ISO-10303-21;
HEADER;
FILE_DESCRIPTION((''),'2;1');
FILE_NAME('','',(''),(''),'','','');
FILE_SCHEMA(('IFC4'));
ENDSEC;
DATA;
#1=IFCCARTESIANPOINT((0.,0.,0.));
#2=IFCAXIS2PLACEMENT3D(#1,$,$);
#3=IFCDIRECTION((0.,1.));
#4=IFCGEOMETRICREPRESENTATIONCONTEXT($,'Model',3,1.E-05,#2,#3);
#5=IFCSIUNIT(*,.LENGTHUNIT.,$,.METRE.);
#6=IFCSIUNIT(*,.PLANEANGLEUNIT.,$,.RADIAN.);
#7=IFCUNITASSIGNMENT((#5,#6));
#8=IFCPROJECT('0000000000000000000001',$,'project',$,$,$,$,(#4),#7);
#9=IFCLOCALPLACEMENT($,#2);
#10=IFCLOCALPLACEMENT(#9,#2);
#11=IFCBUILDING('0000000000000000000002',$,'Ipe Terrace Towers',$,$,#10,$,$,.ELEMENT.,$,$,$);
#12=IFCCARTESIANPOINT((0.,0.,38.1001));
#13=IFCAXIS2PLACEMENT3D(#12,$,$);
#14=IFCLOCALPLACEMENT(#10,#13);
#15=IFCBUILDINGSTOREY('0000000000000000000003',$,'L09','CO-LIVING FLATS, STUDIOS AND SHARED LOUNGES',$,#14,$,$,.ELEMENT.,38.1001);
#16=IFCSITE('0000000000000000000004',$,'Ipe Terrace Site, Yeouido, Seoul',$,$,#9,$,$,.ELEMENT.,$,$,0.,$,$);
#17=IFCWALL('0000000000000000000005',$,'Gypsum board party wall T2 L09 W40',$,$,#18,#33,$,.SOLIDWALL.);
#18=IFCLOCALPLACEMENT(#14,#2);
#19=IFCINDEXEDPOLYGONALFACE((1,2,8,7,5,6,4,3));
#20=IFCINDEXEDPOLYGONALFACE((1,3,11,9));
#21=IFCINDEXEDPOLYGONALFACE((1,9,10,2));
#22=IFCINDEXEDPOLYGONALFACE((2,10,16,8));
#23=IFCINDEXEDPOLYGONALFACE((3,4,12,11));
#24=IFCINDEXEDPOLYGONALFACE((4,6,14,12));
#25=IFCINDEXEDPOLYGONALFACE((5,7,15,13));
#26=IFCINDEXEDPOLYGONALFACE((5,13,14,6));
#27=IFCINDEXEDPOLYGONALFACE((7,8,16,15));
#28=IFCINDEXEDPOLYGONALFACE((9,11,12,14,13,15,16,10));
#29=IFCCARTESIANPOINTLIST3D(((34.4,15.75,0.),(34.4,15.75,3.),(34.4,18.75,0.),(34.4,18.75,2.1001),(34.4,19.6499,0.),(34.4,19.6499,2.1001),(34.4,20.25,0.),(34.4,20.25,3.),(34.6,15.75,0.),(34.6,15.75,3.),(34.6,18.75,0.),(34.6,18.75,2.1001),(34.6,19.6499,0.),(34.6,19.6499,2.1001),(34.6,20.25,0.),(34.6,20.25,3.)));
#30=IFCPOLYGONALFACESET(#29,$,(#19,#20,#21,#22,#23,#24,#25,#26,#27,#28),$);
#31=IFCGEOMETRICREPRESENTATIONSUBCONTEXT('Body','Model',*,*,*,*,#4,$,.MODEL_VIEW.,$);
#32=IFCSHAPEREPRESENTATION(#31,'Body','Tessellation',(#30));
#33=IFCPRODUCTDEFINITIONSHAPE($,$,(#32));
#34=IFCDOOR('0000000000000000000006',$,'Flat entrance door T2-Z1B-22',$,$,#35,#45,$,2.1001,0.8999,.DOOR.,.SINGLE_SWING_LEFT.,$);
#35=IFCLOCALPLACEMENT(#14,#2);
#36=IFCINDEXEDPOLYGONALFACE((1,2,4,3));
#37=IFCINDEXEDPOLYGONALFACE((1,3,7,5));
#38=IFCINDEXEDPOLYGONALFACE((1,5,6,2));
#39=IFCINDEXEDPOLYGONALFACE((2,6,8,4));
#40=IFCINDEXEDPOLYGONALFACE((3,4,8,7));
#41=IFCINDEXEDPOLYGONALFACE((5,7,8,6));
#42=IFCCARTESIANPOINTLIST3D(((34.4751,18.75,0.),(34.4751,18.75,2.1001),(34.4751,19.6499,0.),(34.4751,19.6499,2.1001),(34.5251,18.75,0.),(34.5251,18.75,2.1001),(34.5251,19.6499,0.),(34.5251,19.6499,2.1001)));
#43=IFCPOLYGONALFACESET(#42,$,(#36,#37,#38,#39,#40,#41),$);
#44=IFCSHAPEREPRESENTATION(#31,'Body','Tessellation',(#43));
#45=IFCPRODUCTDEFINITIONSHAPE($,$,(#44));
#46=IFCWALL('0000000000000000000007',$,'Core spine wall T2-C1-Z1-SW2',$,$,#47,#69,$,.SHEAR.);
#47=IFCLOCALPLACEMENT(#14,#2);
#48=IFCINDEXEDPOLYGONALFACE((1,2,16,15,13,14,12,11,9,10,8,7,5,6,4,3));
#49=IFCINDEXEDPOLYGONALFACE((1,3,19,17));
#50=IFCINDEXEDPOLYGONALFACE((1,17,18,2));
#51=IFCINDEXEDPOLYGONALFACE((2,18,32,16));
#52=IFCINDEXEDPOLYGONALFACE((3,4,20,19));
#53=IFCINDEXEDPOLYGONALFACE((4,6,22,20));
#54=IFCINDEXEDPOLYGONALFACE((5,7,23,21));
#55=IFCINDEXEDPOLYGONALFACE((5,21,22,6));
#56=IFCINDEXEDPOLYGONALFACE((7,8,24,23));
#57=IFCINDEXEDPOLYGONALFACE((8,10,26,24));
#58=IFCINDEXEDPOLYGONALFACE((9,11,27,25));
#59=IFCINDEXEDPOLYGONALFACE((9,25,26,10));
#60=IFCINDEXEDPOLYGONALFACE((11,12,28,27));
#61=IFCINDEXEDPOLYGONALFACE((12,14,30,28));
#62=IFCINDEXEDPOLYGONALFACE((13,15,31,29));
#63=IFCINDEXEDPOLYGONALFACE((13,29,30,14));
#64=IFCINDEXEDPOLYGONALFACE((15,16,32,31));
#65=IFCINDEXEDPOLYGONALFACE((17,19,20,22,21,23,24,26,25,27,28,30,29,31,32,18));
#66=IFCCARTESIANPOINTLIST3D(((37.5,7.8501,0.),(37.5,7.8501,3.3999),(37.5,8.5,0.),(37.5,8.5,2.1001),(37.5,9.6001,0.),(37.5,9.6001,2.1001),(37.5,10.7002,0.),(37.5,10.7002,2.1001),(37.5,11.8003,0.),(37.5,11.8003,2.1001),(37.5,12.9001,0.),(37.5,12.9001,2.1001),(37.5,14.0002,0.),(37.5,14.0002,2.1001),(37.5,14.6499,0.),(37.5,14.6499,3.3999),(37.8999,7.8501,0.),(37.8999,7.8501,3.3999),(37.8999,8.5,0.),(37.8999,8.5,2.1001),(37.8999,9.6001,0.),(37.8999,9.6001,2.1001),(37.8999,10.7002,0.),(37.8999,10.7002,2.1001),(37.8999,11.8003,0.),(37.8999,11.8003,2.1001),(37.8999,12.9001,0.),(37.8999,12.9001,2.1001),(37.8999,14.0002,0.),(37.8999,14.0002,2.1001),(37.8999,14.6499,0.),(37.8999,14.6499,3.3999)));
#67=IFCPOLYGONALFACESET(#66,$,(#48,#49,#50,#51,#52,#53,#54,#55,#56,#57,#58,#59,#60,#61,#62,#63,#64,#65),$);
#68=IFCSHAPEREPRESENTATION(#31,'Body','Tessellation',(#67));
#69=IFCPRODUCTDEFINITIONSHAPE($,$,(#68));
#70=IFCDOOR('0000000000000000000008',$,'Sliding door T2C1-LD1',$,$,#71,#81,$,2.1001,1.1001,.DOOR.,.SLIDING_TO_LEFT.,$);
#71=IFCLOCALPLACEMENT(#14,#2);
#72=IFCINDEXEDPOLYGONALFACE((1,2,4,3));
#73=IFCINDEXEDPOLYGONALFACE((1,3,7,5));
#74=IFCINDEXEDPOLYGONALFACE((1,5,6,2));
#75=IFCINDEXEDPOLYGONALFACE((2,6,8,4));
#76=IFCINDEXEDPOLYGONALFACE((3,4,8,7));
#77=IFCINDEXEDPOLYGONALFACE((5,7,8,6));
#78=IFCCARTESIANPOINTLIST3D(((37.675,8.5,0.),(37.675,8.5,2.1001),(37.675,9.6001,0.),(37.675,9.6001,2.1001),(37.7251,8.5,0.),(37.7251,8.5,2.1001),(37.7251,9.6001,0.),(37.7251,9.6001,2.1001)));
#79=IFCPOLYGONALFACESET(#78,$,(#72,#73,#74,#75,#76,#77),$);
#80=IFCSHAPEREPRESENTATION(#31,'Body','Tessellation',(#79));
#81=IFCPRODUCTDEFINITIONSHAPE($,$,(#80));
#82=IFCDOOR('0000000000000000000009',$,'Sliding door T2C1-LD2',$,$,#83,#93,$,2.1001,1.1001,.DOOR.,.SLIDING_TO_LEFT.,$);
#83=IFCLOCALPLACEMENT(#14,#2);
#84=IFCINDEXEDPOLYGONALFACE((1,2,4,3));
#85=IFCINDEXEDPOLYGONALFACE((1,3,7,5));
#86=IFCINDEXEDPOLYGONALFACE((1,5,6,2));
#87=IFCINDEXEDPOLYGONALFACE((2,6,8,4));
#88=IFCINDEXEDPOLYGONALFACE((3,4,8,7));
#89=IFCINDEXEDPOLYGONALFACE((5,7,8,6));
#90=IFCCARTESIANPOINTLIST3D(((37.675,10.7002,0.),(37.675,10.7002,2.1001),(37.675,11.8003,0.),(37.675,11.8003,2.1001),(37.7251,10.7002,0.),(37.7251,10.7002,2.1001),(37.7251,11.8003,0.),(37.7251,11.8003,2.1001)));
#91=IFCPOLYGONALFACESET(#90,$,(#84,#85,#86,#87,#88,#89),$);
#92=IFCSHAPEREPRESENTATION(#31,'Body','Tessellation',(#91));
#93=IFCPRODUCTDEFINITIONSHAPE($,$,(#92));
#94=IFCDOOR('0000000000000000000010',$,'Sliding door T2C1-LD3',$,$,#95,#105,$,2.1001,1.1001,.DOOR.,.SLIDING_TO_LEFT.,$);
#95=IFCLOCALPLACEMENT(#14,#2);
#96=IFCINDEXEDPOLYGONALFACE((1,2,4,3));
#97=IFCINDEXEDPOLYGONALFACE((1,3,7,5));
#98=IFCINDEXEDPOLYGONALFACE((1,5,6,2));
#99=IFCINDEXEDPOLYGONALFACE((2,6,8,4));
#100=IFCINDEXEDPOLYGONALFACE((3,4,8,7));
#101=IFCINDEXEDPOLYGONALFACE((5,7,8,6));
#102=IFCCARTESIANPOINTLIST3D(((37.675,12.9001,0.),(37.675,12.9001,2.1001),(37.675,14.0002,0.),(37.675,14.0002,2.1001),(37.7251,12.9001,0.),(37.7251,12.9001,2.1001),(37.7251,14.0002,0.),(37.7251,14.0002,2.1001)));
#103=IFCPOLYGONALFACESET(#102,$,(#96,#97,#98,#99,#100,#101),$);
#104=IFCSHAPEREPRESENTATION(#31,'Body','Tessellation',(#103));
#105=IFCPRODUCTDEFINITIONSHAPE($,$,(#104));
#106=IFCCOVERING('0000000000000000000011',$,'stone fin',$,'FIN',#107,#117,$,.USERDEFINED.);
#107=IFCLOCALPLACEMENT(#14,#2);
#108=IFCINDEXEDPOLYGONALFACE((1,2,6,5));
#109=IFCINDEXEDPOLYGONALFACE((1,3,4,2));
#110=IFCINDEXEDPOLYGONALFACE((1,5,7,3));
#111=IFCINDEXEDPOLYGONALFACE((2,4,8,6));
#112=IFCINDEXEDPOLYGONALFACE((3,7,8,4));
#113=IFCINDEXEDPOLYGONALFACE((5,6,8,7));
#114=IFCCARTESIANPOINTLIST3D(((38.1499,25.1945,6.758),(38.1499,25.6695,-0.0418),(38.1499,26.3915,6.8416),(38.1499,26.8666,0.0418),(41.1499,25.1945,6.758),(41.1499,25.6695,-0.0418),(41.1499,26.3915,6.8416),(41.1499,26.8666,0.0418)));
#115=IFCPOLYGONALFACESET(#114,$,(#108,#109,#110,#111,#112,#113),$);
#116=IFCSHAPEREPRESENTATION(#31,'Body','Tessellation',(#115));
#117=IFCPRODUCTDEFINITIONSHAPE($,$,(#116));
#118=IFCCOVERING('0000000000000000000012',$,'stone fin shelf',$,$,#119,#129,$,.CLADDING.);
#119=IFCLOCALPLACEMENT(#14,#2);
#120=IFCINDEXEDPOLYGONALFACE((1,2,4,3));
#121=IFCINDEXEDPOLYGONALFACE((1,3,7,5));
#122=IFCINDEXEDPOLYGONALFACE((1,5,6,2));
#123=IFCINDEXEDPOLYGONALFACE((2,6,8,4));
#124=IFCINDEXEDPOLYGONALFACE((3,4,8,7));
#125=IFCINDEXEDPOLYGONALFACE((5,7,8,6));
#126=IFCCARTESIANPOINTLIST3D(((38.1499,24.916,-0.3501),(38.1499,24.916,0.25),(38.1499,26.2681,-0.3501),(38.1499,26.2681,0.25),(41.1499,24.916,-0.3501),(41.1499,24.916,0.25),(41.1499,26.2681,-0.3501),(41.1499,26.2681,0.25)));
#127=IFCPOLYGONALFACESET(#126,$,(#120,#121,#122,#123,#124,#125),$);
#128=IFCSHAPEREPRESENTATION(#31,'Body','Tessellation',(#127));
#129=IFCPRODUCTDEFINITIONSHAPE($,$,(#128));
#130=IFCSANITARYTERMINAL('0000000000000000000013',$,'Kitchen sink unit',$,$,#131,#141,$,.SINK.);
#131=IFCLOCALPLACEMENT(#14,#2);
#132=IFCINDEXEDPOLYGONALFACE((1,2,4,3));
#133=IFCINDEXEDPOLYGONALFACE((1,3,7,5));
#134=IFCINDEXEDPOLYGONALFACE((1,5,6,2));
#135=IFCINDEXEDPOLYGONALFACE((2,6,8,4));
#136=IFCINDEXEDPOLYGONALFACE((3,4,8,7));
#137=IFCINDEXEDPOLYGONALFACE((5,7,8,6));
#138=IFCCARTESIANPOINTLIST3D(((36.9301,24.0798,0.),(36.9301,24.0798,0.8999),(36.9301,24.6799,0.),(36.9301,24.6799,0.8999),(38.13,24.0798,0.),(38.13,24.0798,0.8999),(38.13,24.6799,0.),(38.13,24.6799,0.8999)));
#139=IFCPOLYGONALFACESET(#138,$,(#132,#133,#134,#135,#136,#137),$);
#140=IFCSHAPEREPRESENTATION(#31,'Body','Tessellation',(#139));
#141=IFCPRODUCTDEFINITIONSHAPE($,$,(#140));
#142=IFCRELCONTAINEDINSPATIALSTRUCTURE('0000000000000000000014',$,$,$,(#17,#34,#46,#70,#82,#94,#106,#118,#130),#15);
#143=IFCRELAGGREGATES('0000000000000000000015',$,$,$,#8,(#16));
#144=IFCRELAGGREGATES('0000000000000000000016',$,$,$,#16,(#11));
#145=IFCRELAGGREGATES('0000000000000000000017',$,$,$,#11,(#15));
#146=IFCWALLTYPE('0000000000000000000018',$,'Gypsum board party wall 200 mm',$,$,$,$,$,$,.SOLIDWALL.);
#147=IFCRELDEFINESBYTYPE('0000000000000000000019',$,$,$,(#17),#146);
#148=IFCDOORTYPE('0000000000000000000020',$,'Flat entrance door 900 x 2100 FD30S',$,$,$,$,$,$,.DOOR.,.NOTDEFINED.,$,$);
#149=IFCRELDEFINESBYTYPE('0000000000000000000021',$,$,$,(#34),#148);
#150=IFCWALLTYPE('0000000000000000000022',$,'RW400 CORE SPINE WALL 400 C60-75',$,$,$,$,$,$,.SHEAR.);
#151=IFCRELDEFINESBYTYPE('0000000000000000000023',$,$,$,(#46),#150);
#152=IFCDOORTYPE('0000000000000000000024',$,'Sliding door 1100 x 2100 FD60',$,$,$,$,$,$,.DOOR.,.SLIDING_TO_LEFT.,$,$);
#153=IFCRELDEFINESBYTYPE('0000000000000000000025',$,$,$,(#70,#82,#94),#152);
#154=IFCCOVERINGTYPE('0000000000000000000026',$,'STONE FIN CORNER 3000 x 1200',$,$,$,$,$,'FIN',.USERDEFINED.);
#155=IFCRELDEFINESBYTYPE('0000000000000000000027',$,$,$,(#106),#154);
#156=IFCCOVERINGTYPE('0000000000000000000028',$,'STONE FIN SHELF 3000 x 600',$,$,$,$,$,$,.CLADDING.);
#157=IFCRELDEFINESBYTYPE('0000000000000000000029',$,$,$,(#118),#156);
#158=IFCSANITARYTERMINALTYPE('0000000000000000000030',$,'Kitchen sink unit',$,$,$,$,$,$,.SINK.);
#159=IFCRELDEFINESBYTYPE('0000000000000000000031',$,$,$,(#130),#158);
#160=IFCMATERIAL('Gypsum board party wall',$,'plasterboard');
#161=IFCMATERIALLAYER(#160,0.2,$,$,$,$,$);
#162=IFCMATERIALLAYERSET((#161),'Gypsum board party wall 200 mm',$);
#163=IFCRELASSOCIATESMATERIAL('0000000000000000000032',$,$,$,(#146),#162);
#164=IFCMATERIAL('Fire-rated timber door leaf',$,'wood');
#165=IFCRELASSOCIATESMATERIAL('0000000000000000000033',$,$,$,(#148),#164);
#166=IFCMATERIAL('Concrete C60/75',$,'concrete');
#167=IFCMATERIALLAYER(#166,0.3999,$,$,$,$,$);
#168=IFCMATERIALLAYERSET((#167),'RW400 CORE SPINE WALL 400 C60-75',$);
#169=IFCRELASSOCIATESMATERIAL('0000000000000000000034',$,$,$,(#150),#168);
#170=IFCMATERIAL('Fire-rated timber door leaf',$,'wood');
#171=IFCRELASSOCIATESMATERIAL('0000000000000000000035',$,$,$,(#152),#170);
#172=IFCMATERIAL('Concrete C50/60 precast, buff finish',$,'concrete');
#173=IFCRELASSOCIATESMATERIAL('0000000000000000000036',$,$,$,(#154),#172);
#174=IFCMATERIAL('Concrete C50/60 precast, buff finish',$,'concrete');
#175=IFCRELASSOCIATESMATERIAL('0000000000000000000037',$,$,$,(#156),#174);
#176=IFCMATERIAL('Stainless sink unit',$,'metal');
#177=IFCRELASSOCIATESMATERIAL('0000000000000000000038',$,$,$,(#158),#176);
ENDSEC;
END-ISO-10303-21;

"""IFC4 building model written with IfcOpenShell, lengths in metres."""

from ifc_helpers import new_model, si_unit, direction, frame, frame_2d, origin, origin_2d, place, context, subcontext, project, spatial, rectangle, extrude, material, layer, layer_set, material_profile, profile_set, type_object, element, fill, save


model = new_model("IFC4")

# Units and contexts
model_context = context("Model", 3, precision=1e-05, world=origin(), true_north=direction((0.0, 1.0)))
body_context = subcontext(model_context, "Body", "Model", "MODEL_VIEW")
ifc_project = project(units=[si_unit("LENGTHUNIT", "METRE"), si_unit("PLANEANGLEUNIT", "RADIAN")], contexts=[model_context])

# Site, building, storey
site_placement = place(None, origin())
site = spatial("IfcSite", under=ifc_project, at=site_placement, Name="Ipe Terrace Site, Yeouido, Seoul", CompositionType="ELEMENT", RefElevation=0.0)
building_placement = place(site_placement, origin())
building = spatial("IfcBuilding", under=site, at=building_placement, Name="Ipe Terrace Towers", CompositionType="ELEMENT")
storey_placement = place(building_placement, frame((0.0, 0.0, 38.1001)))
storey = spatial("IfcBuildingStorey", under=building, at=storey_placement, Name="L09", Description="CO-LIVING FLATS, STUDIOS AND SHARED LOUNGES", CompositionType="ELEMENT", Elevation=38.1001)

# Shared definitions
ifc_material_1 = material(Name="Gypsum board party wall", Category="plasterboard")
ifc_layer_1 = layer(ifc_material_1, 0.2)
ifc_layer_set_1 = layer_set([ifc_layer_1], Name="Gypsum board party wall 200 mm")
wall_type_1 = type_object("IfcWallType", Name="Gypsum board party wall 200 mm", PredefinedType="SOLIDWALL", material=ifc_layer_set_1)

# Wall, opening, door
wall_1_placement = place(storey_placement, frame((34.5, 15.75, 0.0), z_axis=(0.0, 0.0, 1.0), x_axis=(0.0, 1.0, 0.0)))
wall_1 = element("IfcWall", 1, at=wall_1_placement, inside=storey, type_object=wall_type_1, Name="Gypsum board party wall T2 L09 W40", PredefinedType="SOLIDWALL", context=body_context, shape_type="SweptSolid", body=[
    extrude(rectangle(XDim=4.5, YDim=0.2, at=frame_2d((2.25, 0.0))), origin(), (0.0, 0.0, 1.0), 3.0),
])
opening_1_placement = place(wall_1_placement, frame((3.0, 0.0, 0.0)))
opening_1 = element("IfcOpeningElement", 2, at=opening_1_placement, cuts=wall_1, PredefinedType="OPENING", context=body_context, shape_type="SweptSolid", body=[
    extrude(rectangle(XDim=0.8999, YDim=2.1001, at=frame_2d((0.45, 1.05))), frame((0.0, 0.1099, 0.0), z_axis=(0.0, -1.0, 0.0), x_axis=(1.0, 0.0, 0.0)), (0.0, 0.0, 1.0), 0.22),
])
ifc_material_2 = material(Name="Fire-rated timber door leaf", Category="wood")
door_type_1 = type_object("IfcDoorType", Name="Flat entrance door 900 x 2100 FD30S", OperationType="NOTDEFINED", PredefinedType="DOOR", material=ifc_material_2)
door_1_placement = place(opening_1_placement, origin())
door_1 = element("IfcDoor", 3, at=door_1_placement, inside=storey, type_object=door_type_1, Name="Flat entrance door T2-Z1B-22", OperationType="SINGLE_SWING_LEFT", OverallHeight=2.1001, OverallWidth=0.8999, PredefinedType="DOOR", context=body_context, shape_type="SweptSolid", body=[
    extrude(rectangle(XDim=0.8999, YDim=2.1001, at=frame_2d((0.45, 1.05))), frame((0.0, 0.0249, 0.0), z_axis=(0.0, -1.0, 0.0), x_axis=(1.0, 0.0, 0.0)), (0.0, 0.0, 1.0), 0.05),
])
fill(opening_1, door_1)

# Wall, openings, doors
ifc_material_3 = material(Name="Concrete C60/75", Category="concrete")
ifc_layer_2 = layer(ifc_material_3, 0.3999)
ifc_layer_set_2 = layer_set([ifc_layer_2], Name="RW400 CORE SPINE WALL 400 C60-75")
wall_type_2 = type_object("IfcWallType", Name="RW400 CORE SPINE WALL 400 C60-75", PredefinedType="SHEAR", material=ifc_layer_set_2)
wall_2_placement = place(storey_placement, frame((37.7, 7.8501, 0.0), z_axis=(0.0, 0.0, 1.0), x_axis=(0.0, 1.0, 0.0)))
wall_2 = element("IfcWall", 4, at=wall_2_placement, inside=storey, type_object=wall_type_2, Name="Core spine wall T2-C1-Z1-SW2", PredefinedType="SHEAR", context=body_context, shape_type="SweptSolid", body=[
    extrude(rectangle(XDim=6.7998, YDim=0.3999, at=frame_2d((3.3999, 0.0))), origin(), (0.0, 0.0, 1.0), 3.3999),
])
opening_2_placement = place(wall_2_placement, frame((0.6499, 0.0, 0.0)))
opening_2 = element("IfcOpeningElement", 5, at=opening_2_placement, cuts=wall_2, PredefinedType="OPENING", context=body_context, shape_type="SweptSolid", body=[
    extrude(rectangle(XDim=1.1001, YDim=2.1001, at=frame_2d((0.55, 1.05))), frame((0.0, 0.21, 0.0), z_axis=(0.0, -1.0, 0.0), x_axis=(1.0, 0.0, 0.0)), (0.0, 0.0, 1.0), 0.4199),
])
opening_3_placement = place(wall_2_placement, frame((2.8501, 0.0, 0.0)))
opening_3 = element("IfcOpeningElement", 6, at=opening_3_placement, cuts=wall_2, PredefinedType="OPENING", context=body_context, shape_type="SweptSolid", body=[
    extrude(rectangle(XDim=1.1001, YDim=2.1001, at=frame_2d((0.55, 1.05))), frame((0.0, 0.21, 0.0), z_axis=(0.0, -1.0, 0.0), x_axis=(1.0, 0.0, 0.0)), (0.0, 0.0, 1.0), 0.4199),
])
opening_4_placement = place(wall_2_placement, frame((5.05, 0.0, 0.0)))
opening_4 = element("IfcOpeningElement", 7, at=opening_4_placement, cuts=wall_2, PredefinedType="OPENING", context=body_context, shape_type="SweptSolid", body=[
    extrude(rectangle(XDim=1.1001, YDim=2.1001, at=frame_2d((0.55, 1.05))), frame((0.0, 0.21, 0.0), z_axis=(0.0, -1.0, 0.0), x_axis=(1.0, 0.0, 0.0)), (0.0, 0.0, 1.0), 0.4199),
])
ifc_material_4 = material(Name="Fire-rated timber door leaf", Category="wood")
door_type_2 = type_object("IfcDoorType", Name="Sliding door 1100 x 2100 FD60", OperationType="SLIDING_TO_LEFT", PredefinedType="DOOR", material=ifc_material_4)
door_2_placement = place(opening_2_placement, origin())
door_2 = element("IfcDoor", 8, at=door_2_placement, inside=storey, type_object=door_type_2, Name="Sliding door T2C1-LD1", OperationType="SLIDING_TO_LEFT", OverallHeight=2.1001, OverallWidth=1.1001, PredefinedType="DOOR", context=body_context, shape_type="SweptSolid", body=[
    extrude(rectangle(XDim=1.1001, YDim=2.1001, at=frame_2d((0.55, 1.05))), frame((0.0, 0.0249, 0.0), z_axis=(0.0, -1.0, 0.0), x_axis=(1.0, 0.0, 0.0)), (0.0, 0.0, 1.0), 0.05),
])
fill(opening_2, door_2)
door_3_placement = place(opening_3_placement, origin())
door_3 = element("IfcDoor", 9, at=door_3_placement, inside=storey, type_object=door_type_2, Name="Sliding door T2C1-LD2", OperationType="SLIDING_TO_LEFT", OverallHeight=2.1001, OverallWidth=1.1001, PredefinedType="DOOR", context=body_context, shape_type="SweptSolid", body=[
    extrude(rectangle(XDim=1.1001, YDim=2.1001, at=frame_2d((0.55, 1.05))), frame((0.0, 0.0249, 0.0), z_axis=(0.0, -1.0, 0.0), x_axis=(1.0, 0.0, 0.0)), (0.0, 0.0, 1.0), 0.05),
])
fill(opening_3, door_3)
door_4_placement = place(opening_4_placement, origin())
door_4 = element("IfcDoor", 10, at=door_4_placement, inside=storey, type_object=door_type_2, Name="Sliding door T2C1-LD3", OperationType="SLIDING_TO_LEFT", OverallHeight=2.1001, OverallWidth=1.1001, PredefinedType="DOOR", context=body_context, shape_type="SweptSolid", body=[
    extrude(rectangle(XDim=1.1001, YDim=2.1001, at=frame_2d((0.55, 1.05))), frame((0.0, 0.0249, 0.0), z_axis=(0.0, -1.0, 0.0), x_axis=(1.0, 0.0, 0.0)), (0.0, 0.0, 1.0), 0.05),
])
fill(opening_4, door_4)

# Coverings
ifc_material_5 = material(Name="Concrete C50/60 precast, buff finish", Category="concrete")
ifc_material_profile_1 = material_profile(ifc_material_5, rectangle(XDim=3.0, YDim=1.2, at=origin_2d()), Name="STONE FIN CORNER 3000 x 1200")
ifc_profile_set_1 = profile_set([ifc_material_profile_1], Name="Concrete C50/60 precast, buff finish")
covering_type_1 = type_object("IfcCoveringType", Name="STONE FIN CORNER 3000 x 1200", ElementType="FIN", PredefinedType="USERDEFINED", material=ifc_profile_set_1)
covering_1_placement = place(storey_placement, frame((39.6499, 26.2681, 0.0), z_axis=(0.0, -0.069699, 0.997568), x_axis=(-1.0, 0.0, 0.0)))
element("IfcCovering", 11, at=covering_1_placement, inside=storey, type_object=covering_type_1, Name="stone fin", ObjectType="FIN", PredefinedType="USERDEFINED", context=body_context, shape_type="SweptSolid", body=[
    extrude(rectangle(XDim=3.0, YDim=1.2, at=origin_2d()), origin(), (0.0, 0.0, 1.0), 6.8164),
])
ifc_material_6 = material(Name="Concrete C50/60 precast, buff finish", Category="concrete")
covering_type_2 = type_object("IfcCoveringType", Name="STONE FIN SHELF 3000 x 600", PredefinedType="CLADDING", material=ifc_material_6)
covering_2_placement = place(storey_placement, frame((39.6499, 25.592, -0.3501), z_axis=(0.0, 0.0, 1.0), x_axis=(-1.0, 0.0, 0.0)))
element("IfcCovering", 12, at=covering_2_placement, inside=storey, type_object=covering_type_2, Name="stone fin shelf", PredefinedType="CLADDING", context=body_context, shape_type="SweptSolid", body=[
    extrude(rectangle(XDim=3.0, YDim=1.3521, at=origin_2d()), origin(), (0.0, 0.0, 1.0), 0.6001),
])

# Sanitary terminal
ifc_material_7 = material(Name="Stainless sink unit", Category="metal")
sanitary_terminal_type = type_object("IfcSanitaryTerminalType", Name="Kitchen sink unit", PredefinedType="SINK", material=ifc_material_7)
sanitary_terminal_placement = place(storey_placement, frame((37.53, 24.3799, 0.0), z_axis=(0.0, 0.0, 1.0), x_axis=(1.0, 0.0, 0.0)))
element("IfcSanitaryTerminal", 13, at=sanitary_terminal_placement, inside=storey, type_object=sanitary_terminal_type, Name="Kitchen sink unit", PredefinedType="SINK", context=body_context, shape_type="SweptSolid", body=[
    extrude(rectangle(XDim=1.2, YDim=0.6001, at=origin_2d()), origin(), (0.0, 0.0, 1.0), 0.8999),
])

save(model, "model.ifc")
